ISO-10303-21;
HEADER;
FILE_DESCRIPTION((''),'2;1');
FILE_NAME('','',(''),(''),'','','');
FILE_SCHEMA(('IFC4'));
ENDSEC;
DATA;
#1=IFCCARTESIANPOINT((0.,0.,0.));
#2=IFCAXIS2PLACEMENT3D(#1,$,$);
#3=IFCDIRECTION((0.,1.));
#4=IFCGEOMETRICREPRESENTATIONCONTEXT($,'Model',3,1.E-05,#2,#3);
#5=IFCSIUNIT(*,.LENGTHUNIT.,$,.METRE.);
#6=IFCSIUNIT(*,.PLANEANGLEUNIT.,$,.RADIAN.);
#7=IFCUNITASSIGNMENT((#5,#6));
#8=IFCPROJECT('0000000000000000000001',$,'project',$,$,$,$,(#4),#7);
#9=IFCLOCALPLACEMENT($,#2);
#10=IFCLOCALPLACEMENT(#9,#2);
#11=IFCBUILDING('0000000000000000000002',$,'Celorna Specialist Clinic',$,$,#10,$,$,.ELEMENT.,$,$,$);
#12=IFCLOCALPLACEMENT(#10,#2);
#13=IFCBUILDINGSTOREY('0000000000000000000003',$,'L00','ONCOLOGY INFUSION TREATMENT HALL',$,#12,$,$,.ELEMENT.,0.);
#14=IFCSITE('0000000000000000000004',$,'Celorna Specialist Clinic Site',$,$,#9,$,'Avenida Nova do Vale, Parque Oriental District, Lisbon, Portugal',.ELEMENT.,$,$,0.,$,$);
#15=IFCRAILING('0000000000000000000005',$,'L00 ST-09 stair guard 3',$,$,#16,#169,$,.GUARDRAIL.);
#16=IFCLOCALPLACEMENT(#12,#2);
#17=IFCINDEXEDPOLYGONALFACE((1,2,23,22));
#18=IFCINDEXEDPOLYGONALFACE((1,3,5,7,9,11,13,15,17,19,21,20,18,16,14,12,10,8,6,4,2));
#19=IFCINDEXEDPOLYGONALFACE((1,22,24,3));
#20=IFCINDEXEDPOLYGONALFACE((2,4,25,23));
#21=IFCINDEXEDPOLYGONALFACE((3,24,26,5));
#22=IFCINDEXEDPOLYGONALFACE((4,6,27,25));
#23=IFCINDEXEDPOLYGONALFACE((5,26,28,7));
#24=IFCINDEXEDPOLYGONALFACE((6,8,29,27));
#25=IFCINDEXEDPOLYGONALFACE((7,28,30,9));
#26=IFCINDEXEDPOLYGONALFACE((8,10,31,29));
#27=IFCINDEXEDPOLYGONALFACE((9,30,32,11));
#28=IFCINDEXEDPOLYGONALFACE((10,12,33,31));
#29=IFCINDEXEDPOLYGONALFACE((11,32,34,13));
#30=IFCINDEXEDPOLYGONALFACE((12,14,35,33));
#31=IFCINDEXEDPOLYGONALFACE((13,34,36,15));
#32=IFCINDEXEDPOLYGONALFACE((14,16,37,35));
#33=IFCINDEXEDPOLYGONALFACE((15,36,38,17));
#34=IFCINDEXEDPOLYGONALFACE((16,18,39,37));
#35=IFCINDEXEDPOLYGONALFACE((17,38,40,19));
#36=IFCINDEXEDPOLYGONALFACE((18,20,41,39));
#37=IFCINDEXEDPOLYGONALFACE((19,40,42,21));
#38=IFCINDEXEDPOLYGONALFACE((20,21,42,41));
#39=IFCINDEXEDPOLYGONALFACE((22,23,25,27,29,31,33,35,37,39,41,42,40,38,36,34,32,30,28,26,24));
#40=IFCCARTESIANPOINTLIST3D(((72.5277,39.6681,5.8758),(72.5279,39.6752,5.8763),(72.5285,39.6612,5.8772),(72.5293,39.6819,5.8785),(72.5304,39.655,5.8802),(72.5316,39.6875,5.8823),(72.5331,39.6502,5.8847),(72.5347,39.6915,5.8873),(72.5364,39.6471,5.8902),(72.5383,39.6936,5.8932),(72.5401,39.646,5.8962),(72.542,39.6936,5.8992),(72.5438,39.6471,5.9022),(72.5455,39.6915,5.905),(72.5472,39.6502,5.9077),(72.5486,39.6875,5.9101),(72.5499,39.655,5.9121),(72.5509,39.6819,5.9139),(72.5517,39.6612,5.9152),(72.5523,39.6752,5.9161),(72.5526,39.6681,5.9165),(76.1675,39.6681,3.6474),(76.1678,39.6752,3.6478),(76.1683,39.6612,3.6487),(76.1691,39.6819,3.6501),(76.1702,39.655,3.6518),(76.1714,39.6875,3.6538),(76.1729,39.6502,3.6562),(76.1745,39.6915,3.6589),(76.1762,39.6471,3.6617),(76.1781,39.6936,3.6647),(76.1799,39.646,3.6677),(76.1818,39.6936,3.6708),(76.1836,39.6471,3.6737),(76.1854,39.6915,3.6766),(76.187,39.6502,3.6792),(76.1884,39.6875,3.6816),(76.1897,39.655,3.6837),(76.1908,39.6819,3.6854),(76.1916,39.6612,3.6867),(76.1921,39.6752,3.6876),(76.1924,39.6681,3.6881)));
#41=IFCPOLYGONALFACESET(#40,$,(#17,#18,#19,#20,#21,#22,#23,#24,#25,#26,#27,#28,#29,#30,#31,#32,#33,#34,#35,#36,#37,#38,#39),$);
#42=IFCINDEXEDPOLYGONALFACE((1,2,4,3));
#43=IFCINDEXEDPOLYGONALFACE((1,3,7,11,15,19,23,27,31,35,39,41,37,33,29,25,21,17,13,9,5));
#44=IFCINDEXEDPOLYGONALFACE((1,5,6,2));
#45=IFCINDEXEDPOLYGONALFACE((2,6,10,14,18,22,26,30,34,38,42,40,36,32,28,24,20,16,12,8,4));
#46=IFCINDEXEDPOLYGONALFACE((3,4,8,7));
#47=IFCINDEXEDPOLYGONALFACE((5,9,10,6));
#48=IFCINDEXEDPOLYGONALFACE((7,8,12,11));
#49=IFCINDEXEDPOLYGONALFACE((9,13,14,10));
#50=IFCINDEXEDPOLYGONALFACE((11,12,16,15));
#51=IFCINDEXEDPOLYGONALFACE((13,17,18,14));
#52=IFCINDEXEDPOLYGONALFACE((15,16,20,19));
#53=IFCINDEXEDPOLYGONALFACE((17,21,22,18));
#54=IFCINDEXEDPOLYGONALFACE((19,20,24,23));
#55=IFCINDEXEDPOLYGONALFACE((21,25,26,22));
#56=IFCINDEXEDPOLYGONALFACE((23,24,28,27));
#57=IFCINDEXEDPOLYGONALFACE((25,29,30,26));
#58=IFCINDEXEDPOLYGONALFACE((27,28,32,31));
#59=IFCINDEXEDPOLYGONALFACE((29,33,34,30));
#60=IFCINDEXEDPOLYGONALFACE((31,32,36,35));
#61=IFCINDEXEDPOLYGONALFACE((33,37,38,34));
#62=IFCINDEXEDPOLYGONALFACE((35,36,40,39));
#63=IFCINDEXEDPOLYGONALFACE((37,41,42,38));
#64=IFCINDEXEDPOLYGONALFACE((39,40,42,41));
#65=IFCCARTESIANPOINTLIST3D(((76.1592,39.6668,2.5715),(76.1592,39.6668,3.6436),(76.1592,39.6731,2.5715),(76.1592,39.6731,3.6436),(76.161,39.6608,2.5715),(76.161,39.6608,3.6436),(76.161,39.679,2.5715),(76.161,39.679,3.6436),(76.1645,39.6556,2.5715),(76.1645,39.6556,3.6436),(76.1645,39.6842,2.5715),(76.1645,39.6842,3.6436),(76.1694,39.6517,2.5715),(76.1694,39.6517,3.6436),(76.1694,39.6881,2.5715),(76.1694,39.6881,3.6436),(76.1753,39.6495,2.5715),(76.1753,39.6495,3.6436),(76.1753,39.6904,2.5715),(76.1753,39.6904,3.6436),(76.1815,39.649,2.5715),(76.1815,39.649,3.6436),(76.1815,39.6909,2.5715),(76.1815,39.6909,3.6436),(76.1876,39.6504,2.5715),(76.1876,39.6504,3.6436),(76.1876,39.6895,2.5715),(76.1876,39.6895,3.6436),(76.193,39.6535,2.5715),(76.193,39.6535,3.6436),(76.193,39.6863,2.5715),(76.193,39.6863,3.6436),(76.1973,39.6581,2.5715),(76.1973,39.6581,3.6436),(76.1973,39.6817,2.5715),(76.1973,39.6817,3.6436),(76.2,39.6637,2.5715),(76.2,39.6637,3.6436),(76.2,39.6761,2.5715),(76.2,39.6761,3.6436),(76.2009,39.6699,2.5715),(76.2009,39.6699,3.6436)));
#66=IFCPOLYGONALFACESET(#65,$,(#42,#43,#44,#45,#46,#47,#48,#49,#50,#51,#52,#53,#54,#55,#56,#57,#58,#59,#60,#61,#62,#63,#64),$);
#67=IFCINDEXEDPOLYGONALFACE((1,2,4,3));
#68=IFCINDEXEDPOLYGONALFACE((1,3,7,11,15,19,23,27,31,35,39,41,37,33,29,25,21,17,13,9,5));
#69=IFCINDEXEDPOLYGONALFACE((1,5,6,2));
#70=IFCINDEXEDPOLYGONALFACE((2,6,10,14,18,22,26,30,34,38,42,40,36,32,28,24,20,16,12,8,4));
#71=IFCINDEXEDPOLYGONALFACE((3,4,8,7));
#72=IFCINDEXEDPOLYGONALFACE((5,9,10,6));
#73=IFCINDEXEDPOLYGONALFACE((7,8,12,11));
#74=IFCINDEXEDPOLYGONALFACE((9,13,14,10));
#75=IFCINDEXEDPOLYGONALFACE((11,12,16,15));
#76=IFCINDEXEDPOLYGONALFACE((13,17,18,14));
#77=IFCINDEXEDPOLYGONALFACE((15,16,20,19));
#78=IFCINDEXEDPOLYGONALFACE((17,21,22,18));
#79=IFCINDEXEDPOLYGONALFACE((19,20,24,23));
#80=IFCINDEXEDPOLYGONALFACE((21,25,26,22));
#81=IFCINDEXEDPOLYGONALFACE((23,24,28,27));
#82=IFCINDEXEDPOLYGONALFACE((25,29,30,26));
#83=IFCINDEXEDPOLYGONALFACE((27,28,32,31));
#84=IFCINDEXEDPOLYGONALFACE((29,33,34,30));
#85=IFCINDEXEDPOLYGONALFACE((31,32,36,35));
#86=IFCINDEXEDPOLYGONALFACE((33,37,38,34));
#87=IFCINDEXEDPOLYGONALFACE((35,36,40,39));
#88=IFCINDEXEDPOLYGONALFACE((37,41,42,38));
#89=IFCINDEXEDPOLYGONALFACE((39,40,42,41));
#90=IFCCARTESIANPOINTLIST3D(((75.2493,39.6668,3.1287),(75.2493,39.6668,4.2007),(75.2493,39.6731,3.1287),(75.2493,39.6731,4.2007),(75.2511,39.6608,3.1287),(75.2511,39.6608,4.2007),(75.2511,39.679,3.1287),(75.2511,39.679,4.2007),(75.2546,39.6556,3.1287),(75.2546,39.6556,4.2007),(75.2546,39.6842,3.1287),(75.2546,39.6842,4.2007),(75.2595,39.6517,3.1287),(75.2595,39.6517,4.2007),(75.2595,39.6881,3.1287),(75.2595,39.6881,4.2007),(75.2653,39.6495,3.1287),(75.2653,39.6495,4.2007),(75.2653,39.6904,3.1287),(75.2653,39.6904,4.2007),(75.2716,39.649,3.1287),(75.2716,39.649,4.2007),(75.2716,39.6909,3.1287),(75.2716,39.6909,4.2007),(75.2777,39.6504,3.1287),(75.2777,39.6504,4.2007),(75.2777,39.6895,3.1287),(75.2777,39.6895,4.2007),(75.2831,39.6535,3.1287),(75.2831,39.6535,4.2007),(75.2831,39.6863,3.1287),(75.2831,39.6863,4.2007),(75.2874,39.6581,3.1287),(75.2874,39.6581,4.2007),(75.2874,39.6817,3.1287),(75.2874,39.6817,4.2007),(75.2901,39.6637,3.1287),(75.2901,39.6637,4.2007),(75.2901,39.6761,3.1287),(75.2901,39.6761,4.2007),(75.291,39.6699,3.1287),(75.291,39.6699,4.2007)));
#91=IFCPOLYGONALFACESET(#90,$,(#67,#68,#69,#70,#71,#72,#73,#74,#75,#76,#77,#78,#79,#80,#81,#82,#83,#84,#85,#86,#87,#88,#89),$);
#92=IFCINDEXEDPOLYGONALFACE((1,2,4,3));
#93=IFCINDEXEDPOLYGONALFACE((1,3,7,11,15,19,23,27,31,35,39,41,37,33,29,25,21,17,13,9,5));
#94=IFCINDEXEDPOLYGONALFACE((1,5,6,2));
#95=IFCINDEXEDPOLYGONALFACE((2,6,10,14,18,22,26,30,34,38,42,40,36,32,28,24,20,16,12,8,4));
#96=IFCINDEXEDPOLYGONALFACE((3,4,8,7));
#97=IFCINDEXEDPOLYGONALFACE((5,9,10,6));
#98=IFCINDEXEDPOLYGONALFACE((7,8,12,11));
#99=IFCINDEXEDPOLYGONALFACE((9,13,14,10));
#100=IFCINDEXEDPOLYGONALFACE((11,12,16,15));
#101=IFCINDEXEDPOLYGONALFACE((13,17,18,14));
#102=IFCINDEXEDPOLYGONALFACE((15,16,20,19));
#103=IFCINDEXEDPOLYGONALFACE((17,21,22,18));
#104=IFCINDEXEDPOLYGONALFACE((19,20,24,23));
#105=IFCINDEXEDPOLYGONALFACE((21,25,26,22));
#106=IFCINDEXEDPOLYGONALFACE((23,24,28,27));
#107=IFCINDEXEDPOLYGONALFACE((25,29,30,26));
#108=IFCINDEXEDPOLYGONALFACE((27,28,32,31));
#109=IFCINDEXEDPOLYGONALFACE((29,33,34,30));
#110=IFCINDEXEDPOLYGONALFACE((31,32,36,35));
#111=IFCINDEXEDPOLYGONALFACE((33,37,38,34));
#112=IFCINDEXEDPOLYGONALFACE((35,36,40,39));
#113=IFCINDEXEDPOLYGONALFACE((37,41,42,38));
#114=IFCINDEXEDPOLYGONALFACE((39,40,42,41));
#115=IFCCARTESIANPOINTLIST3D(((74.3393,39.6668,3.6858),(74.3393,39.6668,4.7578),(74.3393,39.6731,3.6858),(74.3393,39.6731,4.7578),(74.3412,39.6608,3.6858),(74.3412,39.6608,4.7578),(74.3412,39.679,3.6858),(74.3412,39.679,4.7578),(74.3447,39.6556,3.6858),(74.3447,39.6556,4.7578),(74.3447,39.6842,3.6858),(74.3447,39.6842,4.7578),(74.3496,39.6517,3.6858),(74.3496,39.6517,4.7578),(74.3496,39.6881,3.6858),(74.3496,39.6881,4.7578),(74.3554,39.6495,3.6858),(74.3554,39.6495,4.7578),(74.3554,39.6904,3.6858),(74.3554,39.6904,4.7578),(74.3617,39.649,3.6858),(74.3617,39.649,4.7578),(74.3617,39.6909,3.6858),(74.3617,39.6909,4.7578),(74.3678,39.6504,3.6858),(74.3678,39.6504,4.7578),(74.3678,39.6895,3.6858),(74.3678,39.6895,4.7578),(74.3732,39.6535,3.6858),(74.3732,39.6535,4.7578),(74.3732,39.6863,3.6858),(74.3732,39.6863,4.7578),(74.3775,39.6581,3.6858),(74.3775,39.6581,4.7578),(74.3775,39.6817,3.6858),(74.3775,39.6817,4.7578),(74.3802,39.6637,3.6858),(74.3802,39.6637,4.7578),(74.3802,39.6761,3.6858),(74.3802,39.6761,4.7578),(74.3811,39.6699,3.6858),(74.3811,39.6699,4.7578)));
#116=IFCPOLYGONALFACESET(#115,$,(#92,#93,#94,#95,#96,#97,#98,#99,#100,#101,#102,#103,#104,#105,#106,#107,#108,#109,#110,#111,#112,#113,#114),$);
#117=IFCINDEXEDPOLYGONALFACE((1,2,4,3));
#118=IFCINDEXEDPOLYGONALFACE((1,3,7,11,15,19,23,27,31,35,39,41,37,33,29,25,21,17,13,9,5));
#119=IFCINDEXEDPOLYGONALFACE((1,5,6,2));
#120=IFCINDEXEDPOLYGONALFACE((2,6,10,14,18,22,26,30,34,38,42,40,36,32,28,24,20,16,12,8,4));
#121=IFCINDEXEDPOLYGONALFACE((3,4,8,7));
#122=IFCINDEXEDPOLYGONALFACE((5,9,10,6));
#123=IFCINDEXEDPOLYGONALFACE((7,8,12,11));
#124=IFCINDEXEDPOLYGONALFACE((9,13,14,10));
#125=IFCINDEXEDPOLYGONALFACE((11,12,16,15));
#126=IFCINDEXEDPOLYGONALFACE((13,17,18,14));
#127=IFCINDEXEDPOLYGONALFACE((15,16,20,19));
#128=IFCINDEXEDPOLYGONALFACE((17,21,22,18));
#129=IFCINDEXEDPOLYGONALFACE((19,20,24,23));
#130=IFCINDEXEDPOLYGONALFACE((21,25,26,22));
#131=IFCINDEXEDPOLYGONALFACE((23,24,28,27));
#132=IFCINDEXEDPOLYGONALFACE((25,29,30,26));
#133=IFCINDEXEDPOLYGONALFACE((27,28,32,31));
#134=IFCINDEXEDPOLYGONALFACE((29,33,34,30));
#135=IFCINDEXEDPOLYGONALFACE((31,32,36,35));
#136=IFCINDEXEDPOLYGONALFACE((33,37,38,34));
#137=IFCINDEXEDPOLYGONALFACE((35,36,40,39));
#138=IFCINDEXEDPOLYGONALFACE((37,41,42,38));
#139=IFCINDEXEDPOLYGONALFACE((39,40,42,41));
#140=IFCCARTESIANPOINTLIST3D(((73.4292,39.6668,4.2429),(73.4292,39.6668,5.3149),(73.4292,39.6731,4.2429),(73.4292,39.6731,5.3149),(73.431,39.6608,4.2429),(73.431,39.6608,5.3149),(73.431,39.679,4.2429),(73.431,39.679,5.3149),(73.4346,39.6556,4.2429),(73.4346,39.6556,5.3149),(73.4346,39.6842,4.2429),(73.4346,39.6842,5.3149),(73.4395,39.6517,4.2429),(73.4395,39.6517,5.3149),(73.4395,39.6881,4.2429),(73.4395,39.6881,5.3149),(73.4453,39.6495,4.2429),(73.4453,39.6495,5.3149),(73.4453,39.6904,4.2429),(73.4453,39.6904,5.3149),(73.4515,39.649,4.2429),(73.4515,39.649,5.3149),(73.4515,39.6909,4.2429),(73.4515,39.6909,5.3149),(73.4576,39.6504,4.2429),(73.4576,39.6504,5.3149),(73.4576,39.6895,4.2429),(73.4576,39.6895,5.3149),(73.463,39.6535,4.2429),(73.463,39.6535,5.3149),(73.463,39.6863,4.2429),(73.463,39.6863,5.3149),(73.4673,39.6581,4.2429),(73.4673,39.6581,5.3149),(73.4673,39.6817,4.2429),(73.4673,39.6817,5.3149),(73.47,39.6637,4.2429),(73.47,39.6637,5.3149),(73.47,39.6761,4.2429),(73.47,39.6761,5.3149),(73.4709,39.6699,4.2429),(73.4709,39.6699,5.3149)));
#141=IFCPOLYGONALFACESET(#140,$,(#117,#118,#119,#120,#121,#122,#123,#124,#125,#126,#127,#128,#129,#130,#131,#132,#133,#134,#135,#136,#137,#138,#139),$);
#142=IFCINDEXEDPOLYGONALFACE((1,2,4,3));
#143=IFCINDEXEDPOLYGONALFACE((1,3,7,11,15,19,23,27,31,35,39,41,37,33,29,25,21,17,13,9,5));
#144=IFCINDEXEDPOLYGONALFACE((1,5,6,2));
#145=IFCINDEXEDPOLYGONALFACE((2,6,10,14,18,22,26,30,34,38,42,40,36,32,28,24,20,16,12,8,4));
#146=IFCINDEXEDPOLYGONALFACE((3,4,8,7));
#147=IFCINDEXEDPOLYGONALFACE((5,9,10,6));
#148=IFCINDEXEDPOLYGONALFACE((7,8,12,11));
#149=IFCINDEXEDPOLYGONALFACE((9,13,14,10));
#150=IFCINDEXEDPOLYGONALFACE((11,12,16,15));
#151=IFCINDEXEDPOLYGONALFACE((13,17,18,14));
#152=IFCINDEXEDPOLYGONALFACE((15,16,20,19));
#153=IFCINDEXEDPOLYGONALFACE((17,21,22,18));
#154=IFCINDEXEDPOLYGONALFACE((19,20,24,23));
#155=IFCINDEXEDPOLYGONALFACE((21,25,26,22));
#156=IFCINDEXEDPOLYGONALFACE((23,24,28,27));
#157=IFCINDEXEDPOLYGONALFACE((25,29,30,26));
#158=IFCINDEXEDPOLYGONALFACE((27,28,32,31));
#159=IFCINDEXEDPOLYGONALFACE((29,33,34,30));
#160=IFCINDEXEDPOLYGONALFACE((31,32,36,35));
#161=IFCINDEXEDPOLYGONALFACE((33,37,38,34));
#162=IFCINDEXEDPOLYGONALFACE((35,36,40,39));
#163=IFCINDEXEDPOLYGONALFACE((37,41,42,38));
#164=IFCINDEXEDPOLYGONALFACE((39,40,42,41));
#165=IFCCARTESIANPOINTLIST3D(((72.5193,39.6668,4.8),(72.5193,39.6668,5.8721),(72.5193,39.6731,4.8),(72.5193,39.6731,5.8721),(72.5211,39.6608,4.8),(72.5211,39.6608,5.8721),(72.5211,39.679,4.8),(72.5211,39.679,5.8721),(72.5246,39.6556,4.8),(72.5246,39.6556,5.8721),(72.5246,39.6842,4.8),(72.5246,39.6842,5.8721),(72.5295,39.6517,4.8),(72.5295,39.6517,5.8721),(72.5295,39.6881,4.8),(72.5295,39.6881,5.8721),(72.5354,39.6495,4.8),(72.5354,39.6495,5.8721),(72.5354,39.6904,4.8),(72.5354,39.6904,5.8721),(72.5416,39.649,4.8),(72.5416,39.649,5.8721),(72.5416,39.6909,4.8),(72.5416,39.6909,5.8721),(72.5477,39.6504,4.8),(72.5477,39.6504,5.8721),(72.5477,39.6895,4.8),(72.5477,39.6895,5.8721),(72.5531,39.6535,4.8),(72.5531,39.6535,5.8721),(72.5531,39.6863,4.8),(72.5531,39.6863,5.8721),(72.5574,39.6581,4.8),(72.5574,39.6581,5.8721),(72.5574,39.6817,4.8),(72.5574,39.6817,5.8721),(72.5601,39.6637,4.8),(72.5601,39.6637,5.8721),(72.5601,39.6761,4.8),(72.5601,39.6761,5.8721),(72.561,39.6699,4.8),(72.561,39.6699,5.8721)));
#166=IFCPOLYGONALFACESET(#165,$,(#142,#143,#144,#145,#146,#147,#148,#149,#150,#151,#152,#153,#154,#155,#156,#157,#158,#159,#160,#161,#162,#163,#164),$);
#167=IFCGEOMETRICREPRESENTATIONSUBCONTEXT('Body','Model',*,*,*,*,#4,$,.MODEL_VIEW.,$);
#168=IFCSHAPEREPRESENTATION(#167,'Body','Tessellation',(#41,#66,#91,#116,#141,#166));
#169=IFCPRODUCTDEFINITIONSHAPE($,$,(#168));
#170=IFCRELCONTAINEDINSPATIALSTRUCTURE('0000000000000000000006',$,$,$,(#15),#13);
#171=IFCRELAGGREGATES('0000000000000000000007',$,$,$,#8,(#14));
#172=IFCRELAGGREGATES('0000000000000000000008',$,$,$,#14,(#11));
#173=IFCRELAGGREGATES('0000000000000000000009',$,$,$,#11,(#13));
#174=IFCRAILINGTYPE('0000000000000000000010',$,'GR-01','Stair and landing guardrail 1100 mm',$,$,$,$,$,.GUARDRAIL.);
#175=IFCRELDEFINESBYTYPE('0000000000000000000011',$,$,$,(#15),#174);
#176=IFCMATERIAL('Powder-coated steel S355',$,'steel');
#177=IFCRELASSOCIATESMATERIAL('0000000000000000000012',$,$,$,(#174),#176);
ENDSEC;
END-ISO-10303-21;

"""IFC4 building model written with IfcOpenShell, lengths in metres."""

from ifc_helpers import new_model, si_unit, direction, frame, origin, origin_2d, place, context, subcontext, project, spatial, circle, extrude, material, type_object, element, save


model = new_model("IFC4")

# Units and contexts
model_context = context("Model", 3, precision=1e-05, world=origin(), true_north=direction((0.0, 1.0)))
body_context = subcontext(model_context, "Body", "Model", "MODEL_VIEW")
ifc_project = project(units=[si_unit("LENGTHUNIT", "METRE"), si_unit("PLANEANGLEUNIT", "RADIAN")], contexts=[model_context])

# Site, building, storey
site_placement = place(None, origin())
site = spatial("IfcSite", under=ifc_project, at=site_placement, Name="Celorna Specialist Clinic Site", LongName="Avenida Nova do Vale, Parque Oriental District, Lisbon, Portugal", CompositionType="ELEMENT", RefElevation=0.0)
building_placement = place(site_placement, origin())
building = spatial("IfcBuilding", under=site, at=building_placement, Name="Celorna Specialist Clinic", CompositionType="ELEMENT")
storey_placement = place(building_placement, origin())
storey = spatial("IfcBuildingStorey", under=building, at=storey_placement, Name="L00", Description="ONCOLOGY INFUSION TREATMENT HALL", CompositionType="ELEMENT", Elevation=0.0)

# Railing
ifc_material_1 = material(Name="Powder-coated steel S355", Category="steel")
railing_type_1 = type_object("IfcRailingType", Name="GR-01", Description="Stair and landing guardrail 1100 mm", PredefinedType="GUARDRAIL", material=ifc_material_1)
railing_1_placement = place(storey_placement, frame((76.1799, 39.6699, 2.5715)))
element("IfcRailing", 1, at=railing_1_placement, inside=storey, type_object=railing_type_1, Name="L00 ST-09 stair guard 3", PredefinedType="GUARDRAIL", context=body_context, shape_type="SweptSolid", body=[
    extrude(circle(Radius=0.0239, at=origin_2d()), frame((0.0, 0.0, 1.0962), z_axis=(-0.85285, 0.0, 0.522156), x_axis=(0.0, -1.0, 0.0)), (0.0, 0.0, 1.0), 4.2678),
    extrude(circle(Radius=0.021, at=origin_2d()), origin(), (0.0, 0.0, 1.0), 1.072),
    extrude(circle(Radius=0.021, at=origin_2d()), frame((-0.9099, 0.0, 0.5571)), (0.0, 0.0, 1.0), 1.072),
    extrude(circle(Radius=0.021, at=origin_2d()), frame((-1.8198, 0.0, 1.1143)), (0.0, 0.0, 1.0), 1.072),
    extrude(circle(Radius=0.021, at=origin_2d()), frame((-2.73, 0.0, 1.6714)), (0.0, 0.0, 1.0), 1.072),
    extrude(circle(Radius=0.021, at=origin_2d()), frame((-3.6399, 0.0, 2.2285)), (0.0, 0.0, 1.0), 1.072),
])

save(model, "model.ifc")
